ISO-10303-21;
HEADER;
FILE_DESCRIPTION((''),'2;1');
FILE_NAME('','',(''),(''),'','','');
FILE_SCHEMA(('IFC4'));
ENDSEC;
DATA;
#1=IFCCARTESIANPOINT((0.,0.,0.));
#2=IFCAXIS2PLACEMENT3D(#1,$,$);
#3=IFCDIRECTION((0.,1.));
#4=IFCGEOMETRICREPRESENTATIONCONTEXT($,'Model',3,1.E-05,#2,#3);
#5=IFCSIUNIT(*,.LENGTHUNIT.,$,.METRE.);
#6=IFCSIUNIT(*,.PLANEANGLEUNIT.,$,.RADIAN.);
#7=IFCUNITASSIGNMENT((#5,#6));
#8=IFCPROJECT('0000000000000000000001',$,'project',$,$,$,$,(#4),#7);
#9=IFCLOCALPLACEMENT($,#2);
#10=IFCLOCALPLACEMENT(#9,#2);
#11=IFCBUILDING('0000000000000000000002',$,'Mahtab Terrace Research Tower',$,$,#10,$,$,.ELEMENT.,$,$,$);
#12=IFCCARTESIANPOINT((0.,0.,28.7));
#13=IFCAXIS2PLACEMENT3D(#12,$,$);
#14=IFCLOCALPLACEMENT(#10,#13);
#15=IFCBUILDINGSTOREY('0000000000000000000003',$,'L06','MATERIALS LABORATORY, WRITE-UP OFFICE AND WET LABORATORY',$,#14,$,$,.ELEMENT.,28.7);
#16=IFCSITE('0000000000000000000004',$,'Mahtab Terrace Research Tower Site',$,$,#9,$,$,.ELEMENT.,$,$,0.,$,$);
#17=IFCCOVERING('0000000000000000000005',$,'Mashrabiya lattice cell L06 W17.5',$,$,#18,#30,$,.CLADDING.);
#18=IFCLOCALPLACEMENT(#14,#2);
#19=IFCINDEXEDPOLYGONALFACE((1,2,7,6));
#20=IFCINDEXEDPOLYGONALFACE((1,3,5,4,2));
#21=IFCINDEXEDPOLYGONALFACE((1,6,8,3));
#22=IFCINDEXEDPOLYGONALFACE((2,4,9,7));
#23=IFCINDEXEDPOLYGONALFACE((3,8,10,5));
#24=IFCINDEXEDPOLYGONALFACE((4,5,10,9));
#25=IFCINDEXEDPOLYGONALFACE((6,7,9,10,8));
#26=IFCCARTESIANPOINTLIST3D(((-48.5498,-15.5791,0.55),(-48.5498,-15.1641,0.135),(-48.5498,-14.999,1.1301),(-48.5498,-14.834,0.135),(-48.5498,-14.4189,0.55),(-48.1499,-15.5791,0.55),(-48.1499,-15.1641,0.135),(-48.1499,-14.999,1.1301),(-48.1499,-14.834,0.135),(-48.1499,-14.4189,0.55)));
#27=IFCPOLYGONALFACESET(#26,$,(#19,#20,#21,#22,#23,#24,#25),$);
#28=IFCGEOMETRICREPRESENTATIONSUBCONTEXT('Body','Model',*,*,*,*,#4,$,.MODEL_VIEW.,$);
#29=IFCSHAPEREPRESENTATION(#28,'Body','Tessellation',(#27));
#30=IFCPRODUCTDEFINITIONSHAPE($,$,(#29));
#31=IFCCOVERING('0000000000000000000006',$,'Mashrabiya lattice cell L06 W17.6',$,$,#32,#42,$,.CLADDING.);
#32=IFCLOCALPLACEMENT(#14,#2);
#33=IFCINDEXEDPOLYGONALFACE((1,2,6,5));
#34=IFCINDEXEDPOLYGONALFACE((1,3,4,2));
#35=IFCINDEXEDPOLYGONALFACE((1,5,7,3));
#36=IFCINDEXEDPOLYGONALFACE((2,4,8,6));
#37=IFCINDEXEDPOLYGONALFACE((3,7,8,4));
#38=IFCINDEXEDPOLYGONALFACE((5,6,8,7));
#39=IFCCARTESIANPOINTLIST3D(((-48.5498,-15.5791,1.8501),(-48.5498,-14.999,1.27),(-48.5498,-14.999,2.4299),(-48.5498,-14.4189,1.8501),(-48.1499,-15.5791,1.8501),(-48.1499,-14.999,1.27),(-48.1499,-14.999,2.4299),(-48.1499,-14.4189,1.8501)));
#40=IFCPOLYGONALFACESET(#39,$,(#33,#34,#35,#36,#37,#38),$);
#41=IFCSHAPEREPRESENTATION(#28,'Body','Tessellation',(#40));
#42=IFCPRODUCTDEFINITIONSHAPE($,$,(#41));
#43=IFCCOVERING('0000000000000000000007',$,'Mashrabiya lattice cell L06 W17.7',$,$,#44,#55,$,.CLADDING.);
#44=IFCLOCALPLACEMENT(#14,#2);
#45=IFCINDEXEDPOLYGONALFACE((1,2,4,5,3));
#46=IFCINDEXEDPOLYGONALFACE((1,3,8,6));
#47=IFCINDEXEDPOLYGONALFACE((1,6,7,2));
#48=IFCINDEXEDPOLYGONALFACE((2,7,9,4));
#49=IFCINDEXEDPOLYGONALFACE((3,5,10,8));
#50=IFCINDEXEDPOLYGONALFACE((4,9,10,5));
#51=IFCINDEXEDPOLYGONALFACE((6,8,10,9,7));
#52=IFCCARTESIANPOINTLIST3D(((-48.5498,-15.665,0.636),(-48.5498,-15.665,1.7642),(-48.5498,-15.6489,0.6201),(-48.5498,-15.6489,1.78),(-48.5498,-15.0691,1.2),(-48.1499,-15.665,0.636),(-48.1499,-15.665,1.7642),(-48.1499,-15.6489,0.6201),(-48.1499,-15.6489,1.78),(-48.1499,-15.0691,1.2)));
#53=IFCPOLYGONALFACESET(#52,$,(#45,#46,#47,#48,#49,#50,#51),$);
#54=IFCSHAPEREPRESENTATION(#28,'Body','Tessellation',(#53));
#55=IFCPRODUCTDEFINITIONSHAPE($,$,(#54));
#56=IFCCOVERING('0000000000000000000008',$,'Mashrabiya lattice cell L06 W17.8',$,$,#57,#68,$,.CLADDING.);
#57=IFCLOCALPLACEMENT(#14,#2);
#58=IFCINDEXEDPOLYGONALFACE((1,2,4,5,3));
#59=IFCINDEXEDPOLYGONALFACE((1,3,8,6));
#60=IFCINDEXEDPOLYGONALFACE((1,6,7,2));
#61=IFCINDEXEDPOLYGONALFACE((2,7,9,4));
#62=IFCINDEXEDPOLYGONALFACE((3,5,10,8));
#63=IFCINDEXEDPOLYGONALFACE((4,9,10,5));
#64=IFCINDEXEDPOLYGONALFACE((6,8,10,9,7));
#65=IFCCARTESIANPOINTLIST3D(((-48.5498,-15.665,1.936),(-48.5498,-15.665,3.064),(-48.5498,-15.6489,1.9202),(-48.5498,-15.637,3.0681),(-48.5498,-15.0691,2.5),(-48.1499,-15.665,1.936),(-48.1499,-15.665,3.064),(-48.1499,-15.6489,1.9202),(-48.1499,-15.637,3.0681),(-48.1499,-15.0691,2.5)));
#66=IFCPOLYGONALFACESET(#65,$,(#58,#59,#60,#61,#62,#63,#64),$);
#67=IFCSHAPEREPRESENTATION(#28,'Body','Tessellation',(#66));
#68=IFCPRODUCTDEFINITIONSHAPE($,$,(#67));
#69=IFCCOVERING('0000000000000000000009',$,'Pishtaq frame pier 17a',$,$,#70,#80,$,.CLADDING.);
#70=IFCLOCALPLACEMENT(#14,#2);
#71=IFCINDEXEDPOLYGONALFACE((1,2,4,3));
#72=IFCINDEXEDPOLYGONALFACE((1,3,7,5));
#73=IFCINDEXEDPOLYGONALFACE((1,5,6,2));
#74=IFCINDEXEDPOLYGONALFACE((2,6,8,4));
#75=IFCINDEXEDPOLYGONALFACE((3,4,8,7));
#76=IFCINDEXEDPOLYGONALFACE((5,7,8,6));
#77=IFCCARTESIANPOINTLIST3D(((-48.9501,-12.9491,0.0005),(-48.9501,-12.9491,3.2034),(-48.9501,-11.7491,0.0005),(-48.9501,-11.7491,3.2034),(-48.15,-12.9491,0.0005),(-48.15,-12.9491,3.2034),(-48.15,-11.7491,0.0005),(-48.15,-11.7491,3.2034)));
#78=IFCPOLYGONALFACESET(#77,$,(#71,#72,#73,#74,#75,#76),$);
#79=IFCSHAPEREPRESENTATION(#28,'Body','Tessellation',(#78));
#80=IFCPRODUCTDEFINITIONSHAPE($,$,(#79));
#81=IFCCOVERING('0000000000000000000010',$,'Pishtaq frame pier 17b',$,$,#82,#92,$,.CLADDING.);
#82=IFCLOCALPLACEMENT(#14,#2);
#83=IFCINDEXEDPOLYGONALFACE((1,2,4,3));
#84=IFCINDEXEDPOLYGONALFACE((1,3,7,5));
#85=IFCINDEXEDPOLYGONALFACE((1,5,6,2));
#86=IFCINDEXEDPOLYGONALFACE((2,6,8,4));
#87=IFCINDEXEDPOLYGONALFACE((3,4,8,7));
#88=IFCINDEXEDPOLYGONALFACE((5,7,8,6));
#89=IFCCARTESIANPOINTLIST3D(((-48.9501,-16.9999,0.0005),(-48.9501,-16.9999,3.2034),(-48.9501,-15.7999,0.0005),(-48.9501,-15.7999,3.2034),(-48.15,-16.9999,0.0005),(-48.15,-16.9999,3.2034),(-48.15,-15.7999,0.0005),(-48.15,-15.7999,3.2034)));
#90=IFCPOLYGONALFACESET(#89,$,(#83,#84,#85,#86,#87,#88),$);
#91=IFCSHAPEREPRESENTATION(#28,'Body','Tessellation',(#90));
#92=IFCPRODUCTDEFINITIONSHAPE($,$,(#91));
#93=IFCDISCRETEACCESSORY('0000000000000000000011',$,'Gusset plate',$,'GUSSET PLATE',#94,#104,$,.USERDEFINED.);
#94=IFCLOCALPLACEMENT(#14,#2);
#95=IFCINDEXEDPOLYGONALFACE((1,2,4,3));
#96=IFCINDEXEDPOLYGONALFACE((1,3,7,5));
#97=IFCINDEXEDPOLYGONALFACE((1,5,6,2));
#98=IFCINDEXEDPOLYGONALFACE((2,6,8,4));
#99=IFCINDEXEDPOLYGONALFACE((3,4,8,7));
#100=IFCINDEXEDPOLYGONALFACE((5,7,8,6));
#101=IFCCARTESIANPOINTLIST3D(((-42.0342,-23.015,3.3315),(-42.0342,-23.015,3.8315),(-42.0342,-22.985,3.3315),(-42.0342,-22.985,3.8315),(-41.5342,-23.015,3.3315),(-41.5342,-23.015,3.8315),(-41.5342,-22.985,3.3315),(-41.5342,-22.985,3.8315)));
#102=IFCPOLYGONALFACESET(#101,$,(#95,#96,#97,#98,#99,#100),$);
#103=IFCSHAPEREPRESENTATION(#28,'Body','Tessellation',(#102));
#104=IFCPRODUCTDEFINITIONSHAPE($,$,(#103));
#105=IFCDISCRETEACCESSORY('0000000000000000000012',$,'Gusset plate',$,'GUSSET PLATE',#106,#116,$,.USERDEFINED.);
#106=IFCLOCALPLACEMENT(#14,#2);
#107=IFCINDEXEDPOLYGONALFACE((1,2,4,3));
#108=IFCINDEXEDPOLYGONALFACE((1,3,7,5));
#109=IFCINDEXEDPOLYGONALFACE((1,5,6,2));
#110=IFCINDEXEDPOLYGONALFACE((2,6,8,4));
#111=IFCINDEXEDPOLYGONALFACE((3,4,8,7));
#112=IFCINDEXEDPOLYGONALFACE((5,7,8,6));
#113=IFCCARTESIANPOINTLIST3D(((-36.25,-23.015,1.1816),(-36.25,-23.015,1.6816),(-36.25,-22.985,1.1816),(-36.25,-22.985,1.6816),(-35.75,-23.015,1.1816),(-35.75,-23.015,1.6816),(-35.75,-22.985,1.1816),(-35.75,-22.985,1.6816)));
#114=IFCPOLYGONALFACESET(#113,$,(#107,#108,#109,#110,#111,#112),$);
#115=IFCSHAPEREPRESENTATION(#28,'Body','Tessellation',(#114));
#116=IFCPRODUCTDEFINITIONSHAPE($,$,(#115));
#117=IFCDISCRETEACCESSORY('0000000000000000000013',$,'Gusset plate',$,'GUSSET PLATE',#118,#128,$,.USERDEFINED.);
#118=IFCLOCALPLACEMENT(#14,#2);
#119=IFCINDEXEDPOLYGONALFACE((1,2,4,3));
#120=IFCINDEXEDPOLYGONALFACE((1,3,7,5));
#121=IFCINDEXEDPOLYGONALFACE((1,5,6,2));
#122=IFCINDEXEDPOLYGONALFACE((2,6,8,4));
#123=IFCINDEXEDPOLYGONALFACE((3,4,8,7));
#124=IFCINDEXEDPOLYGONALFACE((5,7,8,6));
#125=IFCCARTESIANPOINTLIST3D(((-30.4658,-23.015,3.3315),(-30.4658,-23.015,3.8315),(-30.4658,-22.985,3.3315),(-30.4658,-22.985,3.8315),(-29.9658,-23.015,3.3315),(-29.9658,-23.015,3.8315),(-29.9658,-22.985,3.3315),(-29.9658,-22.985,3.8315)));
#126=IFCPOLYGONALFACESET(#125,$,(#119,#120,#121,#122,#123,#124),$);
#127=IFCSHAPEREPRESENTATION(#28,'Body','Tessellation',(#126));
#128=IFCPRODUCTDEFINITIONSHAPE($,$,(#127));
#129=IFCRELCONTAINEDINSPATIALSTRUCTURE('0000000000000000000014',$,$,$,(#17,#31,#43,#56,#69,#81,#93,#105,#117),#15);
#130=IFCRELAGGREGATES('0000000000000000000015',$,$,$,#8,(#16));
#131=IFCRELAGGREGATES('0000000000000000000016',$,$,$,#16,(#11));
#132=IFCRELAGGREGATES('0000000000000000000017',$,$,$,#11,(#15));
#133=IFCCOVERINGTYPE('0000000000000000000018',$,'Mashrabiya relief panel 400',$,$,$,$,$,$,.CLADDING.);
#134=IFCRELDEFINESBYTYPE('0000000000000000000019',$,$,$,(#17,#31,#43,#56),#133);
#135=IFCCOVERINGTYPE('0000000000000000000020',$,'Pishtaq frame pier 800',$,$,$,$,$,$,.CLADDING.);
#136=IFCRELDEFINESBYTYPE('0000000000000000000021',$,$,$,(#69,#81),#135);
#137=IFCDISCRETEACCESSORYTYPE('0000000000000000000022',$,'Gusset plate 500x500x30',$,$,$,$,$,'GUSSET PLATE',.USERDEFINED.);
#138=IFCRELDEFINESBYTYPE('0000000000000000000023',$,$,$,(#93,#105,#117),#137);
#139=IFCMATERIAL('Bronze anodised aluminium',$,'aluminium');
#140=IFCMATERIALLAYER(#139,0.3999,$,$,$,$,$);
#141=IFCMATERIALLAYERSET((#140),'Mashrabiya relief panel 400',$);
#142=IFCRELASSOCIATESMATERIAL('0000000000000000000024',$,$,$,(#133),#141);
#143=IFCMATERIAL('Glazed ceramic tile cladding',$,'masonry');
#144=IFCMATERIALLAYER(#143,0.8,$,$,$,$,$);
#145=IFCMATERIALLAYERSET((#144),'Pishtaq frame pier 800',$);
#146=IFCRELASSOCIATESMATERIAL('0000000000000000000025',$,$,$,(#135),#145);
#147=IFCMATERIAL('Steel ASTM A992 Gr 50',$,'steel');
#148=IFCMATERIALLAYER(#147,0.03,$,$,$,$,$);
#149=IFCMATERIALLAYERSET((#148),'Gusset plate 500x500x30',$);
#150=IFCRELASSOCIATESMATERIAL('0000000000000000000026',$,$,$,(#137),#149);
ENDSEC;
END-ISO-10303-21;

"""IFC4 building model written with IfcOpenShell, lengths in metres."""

from ifc_helpers import new_model, si_unit, direction, frame, origin, origin_2d, place, context, subcontext, project, spatial, polyline, rectangle, outline, extrude, material, layer, layer_set, type_object, element, save


model = new_model("IFC4")

# Units and contexts
model_context = context("Model", 3, precision=1e-05, world=origin(), true_north=direction((0.0, 1.0)))
body_context = subcontext(model_context, "Body", "Model", "MODEL_VIEW")
ifc_project = project(units=[si_unit("LENGTHUNIT", "METRE"), si_unit("PLANEANGLEUNIT", "RADIAN")], contexts=[model_context])

# Site, building, storey
site_placement = place(None, origin())
site = spatial("IfcSite", under=ifc_project, at=site_placement, Name="Mahtab Terrace Research Tower Site", CompositionType="ELEMENT", RefElevation=0.0)
building_placement = place(site_placement, origin())
building = spatial("IfcBuilding", under=site, at=building_placement, Name="Mahtab Terrace Research Tower", CompositionType="ELEMENT")
storey_placement = place(building_placement, frame((0.0, 0.0, 28.7)))
storey = spatial("IfcBuildingStorey", under=building, at=storey_placement, Name="L06", Description="MATERIALS LABORATORY, WRITE-UP OFFICE AND WET LABORATORY", CompositionType="ELEMENT", Elevation=28.7)

# Shared definitions
ifc_material_1 = material(Name="Steel ASTM A992 Gr 50", Category="steel")

# Coverings
ifc_material_2 = material(Name="Bronze anodised aluminium", Category="aluminium")
ifc_layer_1 = layer(ifc_material_2, 0.3999)
ifc_layer_set_1 = layer_set([ifc_layer_1], Name="Mashrabiya relief panel 400")
covering_type_1 = type_object("IfcCoveringType", Name="Mashrabiya relief panel 400", PredefinedType="CLADDING", material=ifc_layer_set_1)
covering_1_placement = place(storey_placement, frame((-48.1499, -14.4189, 0.55), z_axis=(1.0, 0.0, 0.0), x_axis=(0.0, -0.707107, 0.707107)))
element("IfcCovering", 1, at=covering_1_placement, inside=storey, type_object=covering_type_1, Name="Mashrabiya lattice cell L06 W17.5", PredefinedType="CLADDING", context=body_context, shape_type="SweptSolid", body=[
    extrude(outline(polyline([(0.0, 0.0), (0.8204, 0.0), (0.8204, 0.8204), (0.2334, 0.8204), (0.0, 0.587), (0.0, 0.0)])), origin(), (0.0, 0.0, -1.0), 0.3999),
])
covering_2_placement = place(storey_placement, frame((-48.1499, -14.999, 2.4299), z_axis=(1.0, 0.0, 0.0), x_axis=(0.0, -0.707256, -0.706958)))
element("IfcCovering", 2, at=covering_2_placement, inside=storey, type_object=covering_type_1, Name="Mashrabiya lattice cell L06 W17.6", PredefinedType="CLADDING", context=body_context, shape_type="SweptSolid", body=[
    extrude(outline(polyline([(0.0, 0.0), (0.8202, 0.0), (0.82, 0.8204), (-0.0003, 0.8202), (0.0, 0.0)])), origin(), (0.0, 0.0, -1.0), 0.3999),
])
covering_3_placement = place(storey_placement, frame((-48.1499, -15.6489, 0.6201), z_axis=(1.0, 0.0, 0.0), x_axis=(0.0, 0.707107, 0.707107)))
element("IfcCovering", 3, at=covering_3_placement, inside=storey, type_object=covering_type_1, Name="Mashrabiya lattice cell L06 W17.7", PredefinedType="CLADDING", context=body_context, shape_type="SweptSolid", body=[
    extrude(outline(polyline([(0.0, 0.0), (0.82, 0.0), (0.8202, 0.8202), (0.7976, 0.8204), (-0.0002, 0.0226), (0.0, 0.0)])), origin(), (0.0, 0.0, -1.0), 0.3999),
])
covering_4_placement = place(storey_placement, frame((-48.1499, -15.6489, 1.9202), z_axis=(1.0, 0.0, 0.0), x_axis=(0.0, 0.707107, 0.707107)))
element("IfcCovering", 4, at=covering_4_placement, inside=storey, type_object=covering_type_1, Name="Mashrabiya lattice cell L06 W17.8", PredefinedType="CLADDING", context=body_context, shape_type="SweptSolid", body=[
    extrude(outline(polyline([(0.0, 0.0), (0.82, 0.0), (0.8202, 0.8033), (0.7974, 0.8202), (-0.0002, 0.0226), (0.0, 0.0)])), origin(), (0.0, 0.0, -1.0), 0.3999),
])
ifc_material_3 = material(Name="Glazed ceramic tile cladding", Category="masonry")
ifc_layer_2 = layer(ifc_material_3, 0.8)
ifc_layer_set_2 = layer_set([ifc_layer_2], Name="Pishtaq frame pier 800")
covering_type_2 = type_object("IfcCoveringType", Name="Pishtaq frame pier 800", PredefinedType="CLADDING", material=ifc_layer_set_2)
for number, where, z_axis, x_axis, name in (
    (5, (-48.55, -12.3491, 0.0005), (0.0, 0.0, 1.0), (0.0, -1.0, 0.0), "Pishtaq frame pier 17a"),
    (6, (-48.55, -16.3999, 0.0005), (0.0, 0.0, 1.0), (0.0, -1.0, 0.0), "Pishtaq frame pier 17b"),
):
    element("IfcCovering", number, at=place(storey_placement, frame(where, z_axis=z_axis, x_axis=x_axis)), inside=storey, type_object=covering_type_2, Name=name, PredefinedType="CLADDING", context=body_context, shape_type="SweptSolid", body=[
        extrude(rectangle(XDim=1.2, YDim=0.8, at=origin_2d()), origin(), (0.0, 0.0, 1.0), 3.2029),
    ])

# Discrete accessories
ifc_layer_3 = layer(ifc_material_1, 0.03)
ifc_layer_set_3 = layer_set([ifc_layer_3], Name="Gusset plate 500x500x30")
discrete_accessory_type = type_object("IfcDiscreteAccessoryType", Name="Gusset plate 500x500x30", ElementType="GUSSET PLATE", PredefinedType="USERDEFINED", material=ifc_layer_set_3)
for number, where, z_axis, x_axis, name in (
    (7, (-41.7842, -23.0, 3.3315), (0.0, 0.0, 1.0), (1.0, 0.0, 0.0), "Gusset plate"),
    (8, (-36.0, -23.0, 1.1816), (0.0, 0.0, 1.0), (1.0, 0.0, 0.0), "Gusset plate"),
    (9, (-30.2158, -23.0, 3.3315), (0.0, 0.0, 1.0), (1.0, 0.0, 0.0), "Gusset plate"),
):
    element("IfcDiscreteAccessory", number, at=place(storey_placement, frame(where, z_axis=z_axis, x_axis=x_axis)), inside=storey, type_object=discrete_accessory_type, Name=name, ObjectType="GUSSET PLATE", PredefinedType="USERDEFINED", context=body_context, shape_type="SweptSolid", body=[
        extrude(rectangle(XDim=0.5, YDim=0.03, at=origin_2d()), origin(), (0.0, 0.0, 1.0), 0.5),
    ])

save(model, "model.ifc")
